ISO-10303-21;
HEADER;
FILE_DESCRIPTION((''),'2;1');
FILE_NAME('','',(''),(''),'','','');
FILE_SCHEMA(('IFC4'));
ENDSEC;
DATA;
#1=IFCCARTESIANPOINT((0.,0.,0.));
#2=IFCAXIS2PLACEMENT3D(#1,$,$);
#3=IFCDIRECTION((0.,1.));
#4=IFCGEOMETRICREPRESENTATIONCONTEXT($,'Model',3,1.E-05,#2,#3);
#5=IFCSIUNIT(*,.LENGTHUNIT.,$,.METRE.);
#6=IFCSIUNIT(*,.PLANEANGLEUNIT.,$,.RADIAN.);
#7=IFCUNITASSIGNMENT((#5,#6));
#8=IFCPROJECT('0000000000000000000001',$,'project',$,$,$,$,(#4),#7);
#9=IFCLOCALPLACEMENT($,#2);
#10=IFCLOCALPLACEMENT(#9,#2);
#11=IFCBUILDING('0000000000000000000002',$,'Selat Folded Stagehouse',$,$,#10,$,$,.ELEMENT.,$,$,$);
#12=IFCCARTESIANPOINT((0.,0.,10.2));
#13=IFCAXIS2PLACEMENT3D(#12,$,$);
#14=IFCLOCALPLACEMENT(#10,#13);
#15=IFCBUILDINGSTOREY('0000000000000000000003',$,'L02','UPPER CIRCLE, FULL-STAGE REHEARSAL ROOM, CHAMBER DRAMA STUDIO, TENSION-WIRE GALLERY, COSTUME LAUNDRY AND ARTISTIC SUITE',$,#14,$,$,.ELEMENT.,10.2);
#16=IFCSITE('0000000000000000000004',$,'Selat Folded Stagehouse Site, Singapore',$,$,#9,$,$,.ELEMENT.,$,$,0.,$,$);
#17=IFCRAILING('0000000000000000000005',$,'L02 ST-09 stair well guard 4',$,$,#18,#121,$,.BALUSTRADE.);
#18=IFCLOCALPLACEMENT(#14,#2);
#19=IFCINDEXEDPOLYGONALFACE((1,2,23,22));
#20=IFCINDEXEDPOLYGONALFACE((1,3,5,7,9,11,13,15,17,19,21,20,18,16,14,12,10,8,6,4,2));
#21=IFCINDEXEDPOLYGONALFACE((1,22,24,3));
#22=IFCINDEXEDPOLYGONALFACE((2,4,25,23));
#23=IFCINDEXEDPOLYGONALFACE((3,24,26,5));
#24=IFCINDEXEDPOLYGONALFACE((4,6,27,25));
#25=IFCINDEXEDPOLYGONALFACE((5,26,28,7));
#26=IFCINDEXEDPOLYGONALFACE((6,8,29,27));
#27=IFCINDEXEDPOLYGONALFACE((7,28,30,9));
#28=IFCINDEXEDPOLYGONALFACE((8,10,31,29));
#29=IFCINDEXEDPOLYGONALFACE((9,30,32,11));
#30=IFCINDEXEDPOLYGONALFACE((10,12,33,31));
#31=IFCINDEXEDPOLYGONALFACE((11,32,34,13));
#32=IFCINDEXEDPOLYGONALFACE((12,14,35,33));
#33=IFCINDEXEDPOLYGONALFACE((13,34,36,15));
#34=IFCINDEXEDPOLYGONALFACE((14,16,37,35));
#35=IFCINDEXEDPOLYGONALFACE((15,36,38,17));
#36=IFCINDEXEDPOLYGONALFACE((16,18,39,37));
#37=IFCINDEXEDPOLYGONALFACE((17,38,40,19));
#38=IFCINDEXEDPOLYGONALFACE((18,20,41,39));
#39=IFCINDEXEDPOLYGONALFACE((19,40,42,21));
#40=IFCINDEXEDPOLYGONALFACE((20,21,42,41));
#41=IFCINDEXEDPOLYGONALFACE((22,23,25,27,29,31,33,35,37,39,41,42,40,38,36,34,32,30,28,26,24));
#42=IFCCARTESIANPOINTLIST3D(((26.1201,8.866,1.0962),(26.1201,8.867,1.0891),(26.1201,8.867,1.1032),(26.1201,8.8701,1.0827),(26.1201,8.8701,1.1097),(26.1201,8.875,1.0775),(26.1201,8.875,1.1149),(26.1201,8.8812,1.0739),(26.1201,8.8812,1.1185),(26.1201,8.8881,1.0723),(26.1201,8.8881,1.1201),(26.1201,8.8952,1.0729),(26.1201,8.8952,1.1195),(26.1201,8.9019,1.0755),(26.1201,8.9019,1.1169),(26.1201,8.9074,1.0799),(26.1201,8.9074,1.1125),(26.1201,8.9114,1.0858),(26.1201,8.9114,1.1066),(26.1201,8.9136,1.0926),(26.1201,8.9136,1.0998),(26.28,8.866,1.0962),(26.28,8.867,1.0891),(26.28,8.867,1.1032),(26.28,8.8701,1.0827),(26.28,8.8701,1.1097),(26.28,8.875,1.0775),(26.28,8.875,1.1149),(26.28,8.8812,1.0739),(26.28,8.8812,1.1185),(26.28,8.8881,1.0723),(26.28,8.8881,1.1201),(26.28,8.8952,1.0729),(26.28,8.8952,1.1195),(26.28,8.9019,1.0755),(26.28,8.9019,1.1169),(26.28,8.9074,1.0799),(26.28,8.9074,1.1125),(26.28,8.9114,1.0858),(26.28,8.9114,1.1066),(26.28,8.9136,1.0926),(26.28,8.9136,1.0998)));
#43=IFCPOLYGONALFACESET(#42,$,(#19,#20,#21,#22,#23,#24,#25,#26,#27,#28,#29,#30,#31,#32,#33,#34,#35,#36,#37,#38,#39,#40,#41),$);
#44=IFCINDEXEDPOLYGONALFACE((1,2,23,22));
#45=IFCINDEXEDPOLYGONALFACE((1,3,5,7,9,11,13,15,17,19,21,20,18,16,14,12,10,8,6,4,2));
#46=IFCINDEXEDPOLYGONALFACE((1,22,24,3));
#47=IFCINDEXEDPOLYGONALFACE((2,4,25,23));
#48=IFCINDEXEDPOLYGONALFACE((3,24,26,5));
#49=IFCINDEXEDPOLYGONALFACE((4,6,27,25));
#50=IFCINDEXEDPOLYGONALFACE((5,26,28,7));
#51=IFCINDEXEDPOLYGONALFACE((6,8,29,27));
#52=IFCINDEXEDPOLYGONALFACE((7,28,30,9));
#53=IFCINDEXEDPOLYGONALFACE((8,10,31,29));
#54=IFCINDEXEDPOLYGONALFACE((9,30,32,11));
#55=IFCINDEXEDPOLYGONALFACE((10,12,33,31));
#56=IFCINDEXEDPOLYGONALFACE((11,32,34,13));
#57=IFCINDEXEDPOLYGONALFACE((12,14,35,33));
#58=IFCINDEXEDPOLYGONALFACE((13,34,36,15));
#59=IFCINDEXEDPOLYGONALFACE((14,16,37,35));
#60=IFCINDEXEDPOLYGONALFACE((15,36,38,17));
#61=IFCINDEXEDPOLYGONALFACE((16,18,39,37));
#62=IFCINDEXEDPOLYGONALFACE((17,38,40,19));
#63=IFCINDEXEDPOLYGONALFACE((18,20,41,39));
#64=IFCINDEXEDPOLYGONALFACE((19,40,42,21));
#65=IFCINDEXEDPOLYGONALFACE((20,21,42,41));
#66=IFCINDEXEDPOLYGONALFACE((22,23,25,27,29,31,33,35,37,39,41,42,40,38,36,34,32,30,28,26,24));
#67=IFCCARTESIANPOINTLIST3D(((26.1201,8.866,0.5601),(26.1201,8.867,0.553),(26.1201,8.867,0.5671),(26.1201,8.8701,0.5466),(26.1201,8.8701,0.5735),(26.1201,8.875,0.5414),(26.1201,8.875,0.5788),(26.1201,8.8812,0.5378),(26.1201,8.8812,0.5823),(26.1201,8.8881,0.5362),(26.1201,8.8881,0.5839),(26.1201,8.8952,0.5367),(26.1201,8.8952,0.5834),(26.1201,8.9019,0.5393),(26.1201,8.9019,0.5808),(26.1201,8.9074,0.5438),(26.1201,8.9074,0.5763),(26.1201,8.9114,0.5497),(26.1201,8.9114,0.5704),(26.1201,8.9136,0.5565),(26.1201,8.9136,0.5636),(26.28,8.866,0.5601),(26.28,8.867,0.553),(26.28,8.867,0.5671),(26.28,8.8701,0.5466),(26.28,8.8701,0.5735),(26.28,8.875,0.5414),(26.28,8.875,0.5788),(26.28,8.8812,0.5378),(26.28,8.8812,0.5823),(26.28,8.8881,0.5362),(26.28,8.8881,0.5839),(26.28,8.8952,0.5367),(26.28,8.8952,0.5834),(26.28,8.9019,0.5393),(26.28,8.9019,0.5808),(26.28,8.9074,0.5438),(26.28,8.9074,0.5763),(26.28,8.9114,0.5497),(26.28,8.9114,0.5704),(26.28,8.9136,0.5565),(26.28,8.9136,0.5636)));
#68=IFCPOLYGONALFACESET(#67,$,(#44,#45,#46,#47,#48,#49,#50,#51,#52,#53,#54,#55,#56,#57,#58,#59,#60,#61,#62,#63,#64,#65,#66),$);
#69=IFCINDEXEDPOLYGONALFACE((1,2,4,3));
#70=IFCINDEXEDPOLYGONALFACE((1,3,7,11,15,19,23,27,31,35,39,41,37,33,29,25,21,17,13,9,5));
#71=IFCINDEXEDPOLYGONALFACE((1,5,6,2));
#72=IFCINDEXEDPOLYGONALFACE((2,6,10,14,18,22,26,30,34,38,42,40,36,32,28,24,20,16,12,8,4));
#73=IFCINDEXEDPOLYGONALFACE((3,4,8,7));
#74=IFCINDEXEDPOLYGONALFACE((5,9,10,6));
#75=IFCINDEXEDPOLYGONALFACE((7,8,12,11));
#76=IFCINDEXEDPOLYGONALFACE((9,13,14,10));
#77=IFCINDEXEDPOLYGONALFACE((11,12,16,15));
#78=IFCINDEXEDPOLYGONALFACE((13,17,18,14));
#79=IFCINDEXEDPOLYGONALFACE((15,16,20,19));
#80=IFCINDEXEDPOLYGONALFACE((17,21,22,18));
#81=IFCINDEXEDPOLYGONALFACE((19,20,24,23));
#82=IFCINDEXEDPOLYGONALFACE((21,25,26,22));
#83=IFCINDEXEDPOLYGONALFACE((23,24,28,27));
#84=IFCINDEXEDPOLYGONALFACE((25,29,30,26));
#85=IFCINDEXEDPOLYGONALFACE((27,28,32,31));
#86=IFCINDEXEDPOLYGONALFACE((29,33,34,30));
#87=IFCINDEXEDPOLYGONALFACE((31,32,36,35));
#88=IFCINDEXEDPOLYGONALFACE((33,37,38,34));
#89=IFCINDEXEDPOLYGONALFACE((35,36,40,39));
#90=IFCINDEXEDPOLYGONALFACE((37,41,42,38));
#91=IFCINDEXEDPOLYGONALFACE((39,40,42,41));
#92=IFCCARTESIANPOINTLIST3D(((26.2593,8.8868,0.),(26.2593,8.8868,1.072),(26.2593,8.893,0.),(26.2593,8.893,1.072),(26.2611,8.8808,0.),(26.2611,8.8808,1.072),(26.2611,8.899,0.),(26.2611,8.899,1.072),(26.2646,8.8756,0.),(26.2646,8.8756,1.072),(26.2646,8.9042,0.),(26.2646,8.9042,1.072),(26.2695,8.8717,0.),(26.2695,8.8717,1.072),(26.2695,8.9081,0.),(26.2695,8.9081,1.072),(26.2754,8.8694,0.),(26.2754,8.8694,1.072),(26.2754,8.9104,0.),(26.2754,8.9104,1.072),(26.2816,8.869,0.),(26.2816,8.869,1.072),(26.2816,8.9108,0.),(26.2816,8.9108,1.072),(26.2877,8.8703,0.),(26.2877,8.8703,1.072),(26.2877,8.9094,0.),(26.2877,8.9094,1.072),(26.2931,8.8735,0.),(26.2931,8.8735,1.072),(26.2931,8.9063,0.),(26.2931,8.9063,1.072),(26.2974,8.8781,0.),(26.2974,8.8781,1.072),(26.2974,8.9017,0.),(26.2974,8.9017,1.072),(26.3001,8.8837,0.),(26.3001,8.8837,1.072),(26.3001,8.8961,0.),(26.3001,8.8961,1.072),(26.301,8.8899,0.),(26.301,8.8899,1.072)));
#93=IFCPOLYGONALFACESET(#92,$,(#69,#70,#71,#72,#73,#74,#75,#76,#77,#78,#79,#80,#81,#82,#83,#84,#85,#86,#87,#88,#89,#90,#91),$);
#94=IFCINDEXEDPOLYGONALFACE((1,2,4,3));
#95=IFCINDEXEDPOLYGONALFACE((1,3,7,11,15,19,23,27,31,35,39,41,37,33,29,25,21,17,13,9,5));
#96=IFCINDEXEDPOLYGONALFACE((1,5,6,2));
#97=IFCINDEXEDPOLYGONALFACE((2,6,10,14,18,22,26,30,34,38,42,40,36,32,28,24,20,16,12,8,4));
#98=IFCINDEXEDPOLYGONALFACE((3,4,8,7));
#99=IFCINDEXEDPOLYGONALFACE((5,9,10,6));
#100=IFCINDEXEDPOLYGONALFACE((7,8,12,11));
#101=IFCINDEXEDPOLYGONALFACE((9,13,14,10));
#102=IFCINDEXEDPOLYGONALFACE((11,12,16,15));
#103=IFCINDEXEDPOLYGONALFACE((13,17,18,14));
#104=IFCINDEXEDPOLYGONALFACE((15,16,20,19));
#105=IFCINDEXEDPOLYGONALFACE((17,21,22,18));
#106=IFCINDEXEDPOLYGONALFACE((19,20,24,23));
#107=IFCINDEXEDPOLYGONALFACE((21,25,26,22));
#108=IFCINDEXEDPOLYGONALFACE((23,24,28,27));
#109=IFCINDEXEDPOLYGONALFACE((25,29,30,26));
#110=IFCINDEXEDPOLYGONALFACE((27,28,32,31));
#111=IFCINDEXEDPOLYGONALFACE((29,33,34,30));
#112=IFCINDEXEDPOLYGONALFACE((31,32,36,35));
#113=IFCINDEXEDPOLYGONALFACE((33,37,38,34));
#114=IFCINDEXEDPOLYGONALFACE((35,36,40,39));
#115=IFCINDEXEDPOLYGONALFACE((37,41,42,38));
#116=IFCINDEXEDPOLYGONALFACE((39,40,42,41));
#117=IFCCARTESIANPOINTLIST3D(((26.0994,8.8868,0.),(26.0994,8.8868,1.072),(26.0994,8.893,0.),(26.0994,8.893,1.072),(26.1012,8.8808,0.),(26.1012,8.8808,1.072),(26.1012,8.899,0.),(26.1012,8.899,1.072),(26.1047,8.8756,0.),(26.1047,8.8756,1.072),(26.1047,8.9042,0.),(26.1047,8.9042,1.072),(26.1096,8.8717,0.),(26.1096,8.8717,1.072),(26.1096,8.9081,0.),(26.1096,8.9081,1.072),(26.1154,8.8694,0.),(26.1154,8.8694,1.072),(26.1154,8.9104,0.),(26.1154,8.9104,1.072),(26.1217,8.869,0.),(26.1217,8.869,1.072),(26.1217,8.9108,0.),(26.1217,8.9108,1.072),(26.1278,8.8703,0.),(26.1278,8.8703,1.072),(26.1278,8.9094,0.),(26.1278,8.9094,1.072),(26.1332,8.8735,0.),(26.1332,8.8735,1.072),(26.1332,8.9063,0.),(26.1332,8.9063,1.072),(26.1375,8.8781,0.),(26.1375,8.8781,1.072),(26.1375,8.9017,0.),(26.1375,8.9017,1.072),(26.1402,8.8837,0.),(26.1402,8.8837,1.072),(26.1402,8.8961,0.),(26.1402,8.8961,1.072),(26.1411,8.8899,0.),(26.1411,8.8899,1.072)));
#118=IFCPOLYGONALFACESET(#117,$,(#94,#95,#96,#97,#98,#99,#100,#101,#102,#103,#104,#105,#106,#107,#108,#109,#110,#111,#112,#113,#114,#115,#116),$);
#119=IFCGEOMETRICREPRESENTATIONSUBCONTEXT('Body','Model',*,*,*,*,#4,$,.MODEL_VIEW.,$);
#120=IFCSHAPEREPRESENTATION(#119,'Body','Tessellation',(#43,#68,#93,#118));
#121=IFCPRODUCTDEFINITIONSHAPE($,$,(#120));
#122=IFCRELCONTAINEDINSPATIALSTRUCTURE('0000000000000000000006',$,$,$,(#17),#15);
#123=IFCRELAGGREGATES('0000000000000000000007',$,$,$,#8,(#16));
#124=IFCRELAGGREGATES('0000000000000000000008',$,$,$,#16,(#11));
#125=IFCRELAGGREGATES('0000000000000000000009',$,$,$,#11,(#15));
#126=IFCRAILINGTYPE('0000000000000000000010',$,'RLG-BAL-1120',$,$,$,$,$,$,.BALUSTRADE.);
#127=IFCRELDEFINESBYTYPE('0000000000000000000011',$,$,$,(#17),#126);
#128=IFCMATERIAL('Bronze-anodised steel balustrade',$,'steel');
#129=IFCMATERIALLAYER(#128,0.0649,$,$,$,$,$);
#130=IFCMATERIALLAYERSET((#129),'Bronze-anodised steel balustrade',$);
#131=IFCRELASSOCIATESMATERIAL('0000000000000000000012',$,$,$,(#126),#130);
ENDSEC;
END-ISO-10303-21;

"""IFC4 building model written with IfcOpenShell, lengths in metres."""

from ifc_helpers import new_model, si_unit, direction, frame, origin, origin_2d, place, context, subcontext, project, spatial, circle, extrude, material, layer, layer_set, type_object, element, save


model = new_model("IFC4")

# Units and contexts
model_context = context("Model", 3, precision=1e-05, world=origin(), true_north=direction((0.0, 1.0)))
body_context = subcontext(model_context, "Body", "Model", "MODEL_VIEW")
ifc_project = project(units=[si_unit("LENGTHUNIT", "METRE"), si_unit("PLANEANGLEUNIT", "RADIAN")], contexts=[model_context])

# Site, building, storey
site_placement = place(None, origin())
site = spatial("IfcSite", under=ifc_project, at=site_placement, Name="Selat Folded Stagehouse Site, Singapore", CompositionType="ELEMENT", RefElevation=0.0)
building_placement = place(site_placement, origin())
building = spatial("IfcBuilding", under=site, at=building_placement, Name="Selat Folded Stagehouse", CompositionType="ELEMENT")
storey_placement = place(building_placement, frame((0.0, 0.0, 10.2)))
storey = spatial("IfcBuildingStorey", under=building, at=storey_placement, Name="L02", Description="UPPER CIRCLE, FULL-STAGE REHEARSAL ROOM, CHAMBER DRAMA STUDIO, TENSION-WIRE GALLERY, COSTUME LAUNDRY AND ARTISTIC SUITE", CompositionType="ELEMENT", Elevation=10.2)

# Railing
ifc_material_1 = material(Name="Bronze-anodised steel balustrade", Category="steel")
ifc_layer_1 = layer(ifc_material_1, 0.0649)
ifc_layer_set_1 = layer_set([ifc_layer_1], Name="Bronze-anodised steel balustrade")
railing_type_1 = type_object("IfcRailingType", Name="RLG-BAL-1120", PredefinedType="BALUSTRADE", material=ifc_layer_set_1)
railing_1_placement = place(storey_placement, frame((26.28, 8.8899, 0.0)))
element("IfcRailing", 1, at=railing_1_placement, inside=storey, type_object=railing_type_1, Name="L02 ST-09 stair well guard 4", PredefinedType="BALUSTRADE", context=body_context, shape_type="SweptSolid", body=[
    extrude(circle(Radius=0.0239, at=origin_2d()), frame((0.0, 0.0, 1.0962), z_axis=(-1.0, 0.0, 0.0), x_axis=(0.0, -1.0, 0.0)), (0.0, 0.0, 1.0), 0.1599),
    extrude(circle(Radius=0.0239, at=origin_2d()), frame((0.0, 0.0, 0.5601), z_axis=(-1.0, 0.0, 0.0), x_axis=(0.0, -1.0, 0.0)), (0.0, 0.0, 1.0), 0.1599),
    extrude(circle(Radius=0.021, at=origin_2d()), origin(), (0.0, 0.0, 1.0), 1.072),
    extrude(circle(Radius=0.021, at=origin_2d()), frame((-0.1599, 0.0, 0.0)), (0.0, 0.0, 1.0), 1.072),
])

save(model, "model.ifc")
